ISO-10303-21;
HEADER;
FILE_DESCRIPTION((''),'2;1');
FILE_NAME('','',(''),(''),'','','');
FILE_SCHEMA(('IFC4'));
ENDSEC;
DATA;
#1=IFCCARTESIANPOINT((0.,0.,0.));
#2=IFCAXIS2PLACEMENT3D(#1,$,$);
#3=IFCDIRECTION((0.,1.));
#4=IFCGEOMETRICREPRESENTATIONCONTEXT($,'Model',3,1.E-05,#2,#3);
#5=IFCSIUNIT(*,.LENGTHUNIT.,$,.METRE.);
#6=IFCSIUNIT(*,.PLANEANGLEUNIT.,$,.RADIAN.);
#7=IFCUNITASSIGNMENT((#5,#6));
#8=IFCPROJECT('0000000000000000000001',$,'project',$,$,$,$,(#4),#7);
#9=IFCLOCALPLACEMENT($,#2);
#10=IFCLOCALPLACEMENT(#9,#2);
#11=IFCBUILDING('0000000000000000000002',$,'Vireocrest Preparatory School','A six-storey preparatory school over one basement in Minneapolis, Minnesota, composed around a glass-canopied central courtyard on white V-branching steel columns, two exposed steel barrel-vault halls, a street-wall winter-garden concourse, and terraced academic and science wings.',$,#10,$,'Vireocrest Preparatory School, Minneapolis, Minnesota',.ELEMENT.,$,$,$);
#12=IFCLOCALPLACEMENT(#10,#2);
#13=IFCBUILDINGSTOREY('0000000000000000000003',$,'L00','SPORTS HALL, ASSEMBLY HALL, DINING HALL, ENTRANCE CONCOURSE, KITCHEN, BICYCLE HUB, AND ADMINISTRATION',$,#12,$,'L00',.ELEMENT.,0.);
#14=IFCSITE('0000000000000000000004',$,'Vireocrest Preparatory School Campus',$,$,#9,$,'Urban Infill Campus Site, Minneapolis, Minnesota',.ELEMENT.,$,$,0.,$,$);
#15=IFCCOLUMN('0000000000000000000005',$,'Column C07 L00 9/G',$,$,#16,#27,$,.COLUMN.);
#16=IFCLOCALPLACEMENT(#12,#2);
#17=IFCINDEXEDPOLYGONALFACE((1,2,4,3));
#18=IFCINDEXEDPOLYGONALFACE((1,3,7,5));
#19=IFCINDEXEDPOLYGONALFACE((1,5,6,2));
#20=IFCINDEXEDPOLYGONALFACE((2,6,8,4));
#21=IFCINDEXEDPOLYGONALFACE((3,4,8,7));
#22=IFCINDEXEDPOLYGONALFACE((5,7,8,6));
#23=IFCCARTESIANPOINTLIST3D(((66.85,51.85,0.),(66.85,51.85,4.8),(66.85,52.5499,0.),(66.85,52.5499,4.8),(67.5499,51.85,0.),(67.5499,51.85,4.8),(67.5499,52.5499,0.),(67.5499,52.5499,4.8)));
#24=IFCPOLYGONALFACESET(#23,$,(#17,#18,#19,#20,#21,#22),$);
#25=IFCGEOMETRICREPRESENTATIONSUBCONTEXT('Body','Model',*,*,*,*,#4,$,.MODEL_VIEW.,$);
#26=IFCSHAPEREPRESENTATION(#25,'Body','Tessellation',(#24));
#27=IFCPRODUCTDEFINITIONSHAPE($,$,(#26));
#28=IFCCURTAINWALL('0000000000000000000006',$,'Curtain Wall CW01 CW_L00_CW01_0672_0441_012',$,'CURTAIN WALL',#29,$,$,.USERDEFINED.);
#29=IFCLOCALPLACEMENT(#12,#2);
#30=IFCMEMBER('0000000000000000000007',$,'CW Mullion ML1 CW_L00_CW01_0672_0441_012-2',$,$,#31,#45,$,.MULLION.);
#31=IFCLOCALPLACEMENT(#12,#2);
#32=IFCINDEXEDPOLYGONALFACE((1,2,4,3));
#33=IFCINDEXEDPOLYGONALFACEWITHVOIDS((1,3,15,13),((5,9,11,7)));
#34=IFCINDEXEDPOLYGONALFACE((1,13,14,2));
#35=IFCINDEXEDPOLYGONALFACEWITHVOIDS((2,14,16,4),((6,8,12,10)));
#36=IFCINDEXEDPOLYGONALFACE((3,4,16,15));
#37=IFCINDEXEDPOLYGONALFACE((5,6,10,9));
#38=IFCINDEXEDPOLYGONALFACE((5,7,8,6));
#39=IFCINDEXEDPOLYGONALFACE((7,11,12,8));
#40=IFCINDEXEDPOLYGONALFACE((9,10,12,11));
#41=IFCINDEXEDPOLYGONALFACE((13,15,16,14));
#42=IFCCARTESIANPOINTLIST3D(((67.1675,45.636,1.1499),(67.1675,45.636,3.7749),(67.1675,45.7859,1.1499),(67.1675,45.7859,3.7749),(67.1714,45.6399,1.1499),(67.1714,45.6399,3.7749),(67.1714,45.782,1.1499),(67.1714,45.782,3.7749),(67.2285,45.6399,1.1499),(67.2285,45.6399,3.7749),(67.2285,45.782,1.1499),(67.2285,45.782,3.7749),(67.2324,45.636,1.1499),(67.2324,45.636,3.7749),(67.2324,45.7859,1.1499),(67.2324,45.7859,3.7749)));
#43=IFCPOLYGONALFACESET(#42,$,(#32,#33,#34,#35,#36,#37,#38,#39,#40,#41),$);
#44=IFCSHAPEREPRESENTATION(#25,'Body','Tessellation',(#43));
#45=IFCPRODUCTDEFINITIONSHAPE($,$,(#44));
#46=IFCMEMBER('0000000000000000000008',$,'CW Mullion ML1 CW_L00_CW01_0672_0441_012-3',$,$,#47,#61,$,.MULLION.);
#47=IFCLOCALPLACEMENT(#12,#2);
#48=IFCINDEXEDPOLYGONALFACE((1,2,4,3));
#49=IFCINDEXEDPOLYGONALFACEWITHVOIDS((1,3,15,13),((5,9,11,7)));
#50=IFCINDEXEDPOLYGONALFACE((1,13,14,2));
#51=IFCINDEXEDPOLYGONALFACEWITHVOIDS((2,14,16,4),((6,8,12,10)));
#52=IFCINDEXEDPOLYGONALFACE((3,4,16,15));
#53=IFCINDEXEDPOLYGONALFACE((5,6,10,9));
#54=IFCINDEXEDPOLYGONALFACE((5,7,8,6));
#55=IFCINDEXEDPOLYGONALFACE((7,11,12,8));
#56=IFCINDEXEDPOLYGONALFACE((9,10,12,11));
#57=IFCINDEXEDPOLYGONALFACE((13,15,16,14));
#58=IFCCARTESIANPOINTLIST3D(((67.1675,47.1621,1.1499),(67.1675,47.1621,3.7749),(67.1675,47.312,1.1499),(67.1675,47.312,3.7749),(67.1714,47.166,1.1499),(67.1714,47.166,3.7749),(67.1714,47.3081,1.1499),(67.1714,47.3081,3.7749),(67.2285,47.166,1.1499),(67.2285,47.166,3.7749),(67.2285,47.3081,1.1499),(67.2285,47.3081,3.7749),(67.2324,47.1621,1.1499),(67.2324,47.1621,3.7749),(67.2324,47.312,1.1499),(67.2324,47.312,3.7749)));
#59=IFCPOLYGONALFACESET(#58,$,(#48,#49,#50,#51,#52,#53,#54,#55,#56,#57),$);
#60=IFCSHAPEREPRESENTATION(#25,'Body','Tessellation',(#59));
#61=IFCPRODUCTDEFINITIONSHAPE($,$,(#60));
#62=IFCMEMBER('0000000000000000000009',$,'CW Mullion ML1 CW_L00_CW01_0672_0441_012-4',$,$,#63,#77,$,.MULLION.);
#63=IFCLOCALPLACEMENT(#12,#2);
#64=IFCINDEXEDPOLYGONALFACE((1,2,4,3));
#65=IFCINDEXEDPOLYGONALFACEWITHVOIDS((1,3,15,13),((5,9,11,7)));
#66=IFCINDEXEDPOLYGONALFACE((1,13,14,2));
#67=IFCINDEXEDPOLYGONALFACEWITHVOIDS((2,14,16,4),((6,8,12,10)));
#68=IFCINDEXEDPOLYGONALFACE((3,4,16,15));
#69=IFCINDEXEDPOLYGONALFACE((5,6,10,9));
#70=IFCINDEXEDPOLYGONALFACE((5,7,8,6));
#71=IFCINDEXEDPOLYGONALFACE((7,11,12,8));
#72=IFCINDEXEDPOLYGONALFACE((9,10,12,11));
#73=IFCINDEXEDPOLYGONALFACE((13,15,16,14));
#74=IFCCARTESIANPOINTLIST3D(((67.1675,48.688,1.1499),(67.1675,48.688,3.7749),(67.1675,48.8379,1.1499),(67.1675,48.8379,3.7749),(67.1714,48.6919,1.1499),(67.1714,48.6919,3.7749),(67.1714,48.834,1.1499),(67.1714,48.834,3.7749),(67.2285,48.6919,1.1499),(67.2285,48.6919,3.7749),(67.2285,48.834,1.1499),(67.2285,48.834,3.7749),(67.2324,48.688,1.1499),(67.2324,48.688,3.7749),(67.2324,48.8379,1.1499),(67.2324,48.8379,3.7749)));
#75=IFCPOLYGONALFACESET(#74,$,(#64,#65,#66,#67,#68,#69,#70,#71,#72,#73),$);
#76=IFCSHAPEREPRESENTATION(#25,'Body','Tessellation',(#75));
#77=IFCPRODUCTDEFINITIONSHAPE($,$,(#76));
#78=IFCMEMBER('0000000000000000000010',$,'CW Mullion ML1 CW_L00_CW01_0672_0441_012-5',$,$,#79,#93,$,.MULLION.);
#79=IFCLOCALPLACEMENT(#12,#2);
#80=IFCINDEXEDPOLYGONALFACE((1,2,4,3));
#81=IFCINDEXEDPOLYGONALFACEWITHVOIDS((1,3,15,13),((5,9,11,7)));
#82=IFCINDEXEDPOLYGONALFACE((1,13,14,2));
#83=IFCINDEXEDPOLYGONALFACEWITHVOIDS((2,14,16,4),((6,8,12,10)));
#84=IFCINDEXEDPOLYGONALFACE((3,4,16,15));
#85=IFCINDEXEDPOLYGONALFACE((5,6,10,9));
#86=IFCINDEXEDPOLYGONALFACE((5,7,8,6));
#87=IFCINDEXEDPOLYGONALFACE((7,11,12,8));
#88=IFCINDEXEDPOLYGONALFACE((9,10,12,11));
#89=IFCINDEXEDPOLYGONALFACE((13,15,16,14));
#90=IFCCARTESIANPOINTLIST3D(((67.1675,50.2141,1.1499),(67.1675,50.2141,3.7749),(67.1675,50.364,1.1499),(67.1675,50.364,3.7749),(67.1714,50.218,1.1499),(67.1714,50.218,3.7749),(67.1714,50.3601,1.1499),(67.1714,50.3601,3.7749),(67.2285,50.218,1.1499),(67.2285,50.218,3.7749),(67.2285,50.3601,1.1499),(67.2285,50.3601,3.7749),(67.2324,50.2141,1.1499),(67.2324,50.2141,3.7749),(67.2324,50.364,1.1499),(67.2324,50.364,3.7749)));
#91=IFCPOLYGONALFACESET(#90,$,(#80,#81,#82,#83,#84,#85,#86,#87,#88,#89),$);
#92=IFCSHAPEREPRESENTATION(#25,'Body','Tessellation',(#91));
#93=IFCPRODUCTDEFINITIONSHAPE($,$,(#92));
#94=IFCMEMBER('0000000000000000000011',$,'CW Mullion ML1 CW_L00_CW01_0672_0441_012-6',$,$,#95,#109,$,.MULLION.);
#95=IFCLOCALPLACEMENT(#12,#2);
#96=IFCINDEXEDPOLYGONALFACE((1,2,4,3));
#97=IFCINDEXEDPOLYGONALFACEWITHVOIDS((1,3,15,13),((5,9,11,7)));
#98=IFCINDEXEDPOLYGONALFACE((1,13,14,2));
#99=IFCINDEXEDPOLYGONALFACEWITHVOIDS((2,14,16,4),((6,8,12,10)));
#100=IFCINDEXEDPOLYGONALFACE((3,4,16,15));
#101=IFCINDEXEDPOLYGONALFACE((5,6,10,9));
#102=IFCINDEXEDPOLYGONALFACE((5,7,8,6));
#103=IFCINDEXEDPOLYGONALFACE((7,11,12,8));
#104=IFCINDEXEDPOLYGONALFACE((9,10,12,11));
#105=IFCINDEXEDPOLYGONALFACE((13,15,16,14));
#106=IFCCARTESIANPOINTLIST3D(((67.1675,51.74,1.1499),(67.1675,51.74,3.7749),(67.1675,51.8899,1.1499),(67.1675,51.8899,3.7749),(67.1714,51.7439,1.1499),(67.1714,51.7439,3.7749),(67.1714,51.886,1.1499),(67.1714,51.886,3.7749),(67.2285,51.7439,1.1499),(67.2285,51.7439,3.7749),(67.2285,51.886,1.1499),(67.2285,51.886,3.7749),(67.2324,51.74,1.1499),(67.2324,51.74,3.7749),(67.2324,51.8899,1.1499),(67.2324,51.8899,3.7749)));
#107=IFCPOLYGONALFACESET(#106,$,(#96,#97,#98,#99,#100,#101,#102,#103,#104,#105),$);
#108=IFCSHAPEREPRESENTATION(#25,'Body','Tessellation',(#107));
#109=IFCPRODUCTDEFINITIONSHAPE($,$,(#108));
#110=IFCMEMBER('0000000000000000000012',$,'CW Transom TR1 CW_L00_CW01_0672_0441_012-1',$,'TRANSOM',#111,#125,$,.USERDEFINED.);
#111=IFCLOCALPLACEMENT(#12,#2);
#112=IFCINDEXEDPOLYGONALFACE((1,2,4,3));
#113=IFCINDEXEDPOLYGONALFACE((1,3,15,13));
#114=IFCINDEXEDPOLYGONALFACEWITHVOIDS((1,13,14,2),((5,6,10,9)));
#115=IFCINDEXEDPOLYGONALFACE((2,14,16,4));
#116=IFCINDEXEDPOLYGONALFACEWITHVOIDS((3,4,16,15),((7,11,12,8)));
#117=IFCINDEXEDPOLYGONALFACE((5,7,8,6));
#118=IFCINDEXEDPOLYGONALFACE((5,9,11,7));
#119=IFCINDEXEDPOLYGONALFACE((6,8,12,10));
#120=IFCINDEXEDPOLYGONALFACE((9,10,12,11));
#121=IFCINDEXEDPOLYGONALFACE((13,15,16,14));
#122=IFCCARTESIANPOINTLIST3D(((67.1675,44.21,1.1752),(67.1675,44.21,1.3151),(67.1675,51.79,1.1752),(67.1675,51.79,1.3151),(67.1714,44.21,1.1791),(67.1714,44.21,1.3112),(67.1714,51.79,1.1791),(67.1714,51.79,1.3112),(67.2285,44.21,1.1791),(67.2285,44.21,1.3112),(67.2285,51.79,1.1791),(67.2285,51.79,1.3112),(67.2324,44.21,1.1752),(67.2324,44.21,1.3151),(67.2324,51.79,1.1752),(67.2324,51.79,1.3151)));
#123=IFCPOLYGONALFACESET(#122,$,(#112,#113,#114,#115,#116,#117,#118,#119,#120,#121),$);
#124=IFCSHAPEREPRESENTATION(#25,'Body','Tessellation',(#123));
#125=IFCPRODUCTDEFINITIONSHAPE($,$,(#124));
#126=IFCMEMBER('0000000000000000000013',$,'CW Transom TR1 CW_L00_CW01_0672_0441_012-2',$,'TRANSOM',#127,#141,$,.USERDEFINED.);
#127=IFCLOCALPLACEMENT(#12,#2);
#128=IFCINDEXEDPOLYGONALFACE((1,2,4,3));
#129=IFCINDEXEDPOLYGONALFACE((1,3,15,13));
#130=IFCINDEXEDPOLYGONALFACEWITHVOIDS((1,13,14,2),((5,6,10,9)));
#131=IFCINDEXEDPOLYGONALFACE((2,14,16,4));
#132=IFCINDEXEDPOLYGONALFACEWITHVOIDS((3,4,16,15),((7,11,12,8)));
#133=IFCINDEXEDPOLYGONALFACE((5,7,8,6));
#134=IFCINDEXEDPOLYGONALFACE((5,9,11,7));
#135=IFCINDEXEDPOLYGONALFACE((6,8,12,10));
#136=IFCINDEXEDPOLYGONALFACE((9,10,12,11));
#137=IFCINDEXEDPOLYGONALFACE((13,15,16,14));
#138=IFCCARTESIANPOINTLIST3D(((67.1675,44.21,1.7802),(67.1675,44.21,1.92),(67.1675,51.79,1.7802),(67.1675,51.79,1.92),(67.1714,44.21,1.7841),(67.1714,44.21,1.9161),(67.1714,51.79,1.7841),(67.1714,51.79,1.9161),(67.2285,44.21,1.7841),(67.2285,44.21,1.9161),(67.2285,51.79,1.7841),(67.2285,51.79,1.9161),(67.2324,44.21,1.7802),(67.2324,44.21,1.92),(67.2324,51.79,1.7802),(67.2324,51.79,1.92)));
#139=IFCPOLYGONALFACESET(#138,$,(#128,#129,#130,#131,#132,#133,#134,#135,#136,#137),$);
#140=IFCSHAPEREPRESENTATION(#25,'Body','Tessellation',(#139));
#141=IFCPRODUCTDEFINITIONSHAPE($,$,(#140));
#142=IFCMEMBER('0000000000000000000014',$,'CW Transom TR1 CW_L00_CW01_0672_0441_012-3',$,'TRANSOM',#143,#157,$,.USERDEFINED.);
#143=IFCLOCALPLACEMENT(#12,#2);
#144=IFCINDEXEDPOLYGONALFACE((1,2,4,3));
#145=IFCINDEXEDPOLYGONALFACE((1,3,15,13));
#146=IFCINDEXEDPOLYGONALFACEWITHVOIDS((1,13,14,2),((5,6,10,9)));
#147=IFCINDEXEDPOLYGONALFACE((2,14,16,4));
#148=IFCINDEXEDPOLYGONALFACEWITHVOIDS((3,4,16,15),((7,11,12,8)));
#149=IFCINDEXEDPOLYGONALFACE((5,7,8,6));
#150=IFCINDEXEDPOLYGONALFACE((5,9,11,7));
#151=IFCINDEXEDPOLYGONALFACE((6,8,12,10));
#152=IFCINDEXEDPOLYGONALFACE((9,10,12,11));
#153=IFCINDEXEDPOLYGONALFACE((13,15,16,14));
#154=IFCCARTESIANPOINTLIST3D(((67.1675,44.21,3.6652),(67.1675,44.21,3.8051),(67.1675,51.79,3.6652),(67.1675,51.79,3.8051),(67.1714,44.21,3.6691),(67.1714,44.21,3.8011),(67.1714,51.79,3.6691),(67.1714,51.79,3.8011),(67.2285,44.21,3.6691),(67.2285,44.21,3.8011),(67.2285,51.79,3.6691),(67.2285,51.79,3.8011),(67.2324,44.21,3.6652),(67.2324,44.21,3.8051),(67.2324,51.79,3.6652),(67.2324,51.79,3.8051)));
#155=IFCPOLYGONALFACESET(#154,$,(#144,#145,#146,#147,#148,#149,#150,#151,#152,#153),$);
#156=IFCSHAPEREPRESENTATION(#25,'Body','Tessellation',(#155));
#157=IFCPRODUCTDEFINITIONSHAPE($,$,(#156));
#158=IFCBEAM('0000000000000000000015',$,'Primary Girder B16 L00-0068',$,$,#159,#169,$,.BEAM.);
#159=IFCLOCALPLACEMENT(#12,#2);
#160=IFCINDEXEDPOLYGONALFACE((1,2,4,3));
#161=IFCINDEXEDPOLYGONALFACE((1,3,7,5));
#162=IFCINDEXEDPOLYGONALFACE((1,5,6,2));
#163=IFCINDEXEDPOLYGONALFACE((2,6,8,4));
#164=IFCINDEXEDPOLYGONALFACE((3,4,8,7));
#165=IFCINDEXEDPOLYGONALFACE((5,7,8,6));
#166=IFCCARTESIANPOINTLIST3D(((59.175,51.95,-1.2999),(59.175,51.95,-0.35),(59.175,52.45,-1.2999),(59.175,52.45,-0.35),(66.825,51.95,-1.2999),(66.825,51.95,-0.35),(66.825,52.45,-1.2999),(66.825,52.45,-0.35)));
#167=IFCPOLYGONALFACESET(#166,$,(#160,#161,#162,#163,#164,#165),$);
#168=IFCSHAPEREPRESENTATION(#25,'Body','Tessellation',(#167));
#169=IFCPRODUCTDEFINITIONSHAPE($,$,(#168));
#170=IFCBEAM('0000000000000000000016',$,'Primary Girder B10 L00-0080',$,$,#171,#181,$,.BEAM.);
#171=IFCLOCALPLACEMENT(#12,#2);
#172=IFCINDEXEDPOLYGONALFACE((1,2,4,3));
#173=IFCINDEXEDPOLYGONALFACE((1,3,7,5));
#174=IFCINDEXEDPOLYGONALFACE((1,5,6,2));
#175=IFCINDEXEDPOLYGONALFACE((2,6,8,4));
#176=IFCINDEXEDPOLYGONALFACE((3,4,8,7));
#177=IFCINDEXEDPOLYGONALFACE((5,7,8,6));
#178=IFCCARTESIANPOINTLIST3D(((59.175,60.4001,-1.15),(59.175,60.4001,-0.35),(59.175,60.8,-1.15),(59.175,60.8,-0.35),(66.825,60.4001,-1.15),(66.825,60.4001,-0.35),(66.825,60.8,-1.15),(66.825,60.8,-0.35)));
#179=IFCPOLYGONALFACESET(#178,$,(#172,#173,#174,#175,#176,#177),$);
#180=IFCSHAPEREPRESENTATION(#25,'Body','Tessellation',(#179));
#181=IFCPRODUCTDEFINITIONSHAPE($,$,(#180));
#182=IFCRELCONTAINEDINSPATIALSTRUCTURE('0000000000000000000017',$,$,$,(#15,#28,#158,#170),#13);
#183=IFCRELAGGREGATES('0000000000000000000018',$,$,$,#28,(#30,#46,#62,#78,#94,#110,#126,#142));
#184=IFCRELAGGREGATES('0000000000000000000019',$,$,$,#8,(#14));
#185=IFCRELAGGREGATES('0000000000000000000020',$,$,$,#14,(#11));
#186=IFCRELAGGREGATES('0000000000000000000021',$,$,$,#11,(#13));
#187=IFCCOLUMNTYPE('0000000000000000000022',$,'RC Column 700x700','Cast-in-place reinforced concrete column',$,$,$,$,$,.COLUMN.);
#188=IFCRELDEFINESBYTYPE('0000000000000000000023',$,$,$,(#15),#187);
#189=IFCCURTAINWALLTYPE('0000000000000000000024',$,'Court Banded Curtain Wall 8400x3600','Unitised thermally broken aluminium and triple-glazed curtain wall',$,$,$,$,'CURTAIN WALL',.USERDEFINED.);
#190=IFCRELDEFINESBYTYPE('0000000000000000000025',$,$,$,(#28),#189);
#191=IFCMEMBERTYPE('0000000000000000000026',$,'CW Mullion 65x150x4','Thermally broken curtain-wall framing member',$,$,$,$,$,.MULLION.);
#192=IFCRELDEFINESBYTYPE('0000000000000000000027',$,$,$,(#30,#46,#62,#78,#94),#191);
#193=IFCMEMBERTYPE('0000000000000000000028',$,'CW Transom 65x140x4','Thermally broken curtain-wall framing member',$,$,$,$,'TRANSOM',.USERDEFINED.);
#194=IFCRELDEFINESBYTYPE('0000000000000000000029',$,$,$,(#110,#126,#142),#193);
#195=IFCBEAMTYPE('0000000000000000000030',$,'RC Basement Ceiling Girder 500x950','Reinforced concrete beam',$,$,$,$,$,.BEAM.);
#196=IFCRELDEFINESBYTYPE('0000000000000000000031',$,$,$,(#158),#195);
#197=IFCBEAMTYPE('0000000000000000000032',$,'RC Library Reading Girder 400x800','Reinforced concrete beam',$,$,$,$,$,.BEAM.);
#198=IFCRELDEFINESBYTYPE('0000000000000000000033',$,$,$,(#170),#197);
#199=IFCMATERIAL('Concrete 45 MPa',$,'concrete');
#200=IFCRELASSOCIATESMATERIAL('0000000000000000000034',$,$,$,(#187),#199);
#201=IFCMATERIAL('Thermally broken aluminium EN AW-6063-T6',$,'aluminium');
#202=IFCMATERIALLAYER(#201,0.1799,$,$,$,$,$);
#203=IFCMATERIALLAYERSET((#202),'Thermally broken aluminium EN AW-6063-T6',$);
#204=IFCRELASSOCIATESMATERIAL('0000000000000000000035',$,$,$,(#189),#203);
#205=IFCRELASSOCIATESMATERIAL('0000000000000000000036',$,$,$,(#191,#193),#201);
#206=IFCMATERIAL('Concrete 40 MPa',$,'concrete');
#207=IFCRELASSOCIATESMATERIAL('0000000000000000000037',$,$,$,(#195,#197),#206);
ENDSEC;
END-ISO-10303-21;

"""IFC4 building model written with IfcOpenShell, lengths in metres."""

from ifc_helpers import new_model, si_unit, direction, frame, origin, origin_2d, place, context, subcontext, project, spatial, rectangle, hollow_rectangle, extrude, material, layer, layer_set, material_profile, profile_set, type_object, element, aggregate, save


model = new_model("IFC4")

# Units and contexts
model_context = context("Model", 3, precision=1e-05, world=origin(), true_north=direction((0.0, 1.0)))
body_context = subcontext(model_context, "Body", "Model", "MODEL_VIEW")
ifc_project = project(units=[si_unit("LENGTHUNIT", "METRE"), si_unit("PLANEANGLEUNIT", "RADIAN")], contexts=[model_context])

# Site, building, storey
site_placement = place(None, origin())
site = spatial("IfcSite", under=ifc_project, at=site_placement, Name="Vireocrest Preparatory School Campus", LongName="Urban Infill Campus Site, Minneapolis, Minnesota", CompositionType="ELEMENT", RefElevation=0.0)
building_placement = place(site_placement, origin())
building = spatial("IfcBuilding", under=site, at=building_placement, Name="Vireocrest Preparatory School", Description="A six-storey preparatory school over one basement in Minneapolis, Minnesota, composed around a glass-canopied central courtyard on white V-branching steel columns, two exposed steel barrel-vault halls, a street-wall winter-garden concourse, and terraced academic and science wings.", LongName="Vireocrest Preparatory School, Minneapolis, Minnesota", CompositionType="ELEMENT")
storey_placement = place(building_placement, origin())
storey = spatial("IfcBuildingStorey", under=building, at=storey_placement, Name="L00", Description="SPORTS HALL, ASSEMBLY HALL, DINING HALL, ENTRANCE CONCOURSE, KITCHEN, BICYCLE HUB, AND ADMINISTRATION", LongName="L00", CompositionType="ELEMENT", Elevation=0.0)

# Column
ifc_material_1 = material(Name="Concrete 45 MPa", Category="concrete")
ifc_material_profile_1 = material_profile(ifc_material_1, rectangle(XDim=0.7, YDim=0.7, at=origin_2d()), Name="RC 700x700")
ifc_profile_set_1 = profile_set([ifc_material_profile_1], Name="Concrete 45 MPa")
column_type = type_object("IfcColumnType", Name="RC Column 700x700", Description="Cast-in-place reinforced concrete column", PredefinedType="COLUMN", material=ifc_profile_set_1)
column_placement = place(storey_placement, frame((67.2, 52.2, 0.0), z_axis=(0.0, 0.0, 1.0), x_axis=(1.0, 0.0, 0.0)))
element("IfcColumn", 1, at=column_placement, inside=storey, type_object=column_type, Name="Column C07 L00 9/G", PredefinedType="COLUMN", context=body_context, shape_type="SweptSolid", body=[
    extrude(rectangle(XDim=0.7, YDim=0.7, at=origin_2d()), origin(), (0.0, 0.0, 1.0), 4.8),
])

# Curtain wall, members
ifc_material_2 = material(Name="Thermally broken aluminium EN AW-6063-T6", Category="aluminium")
ifc_layer_1 = layer(ifc_material_2, 0.1799)
ifc_layer_set_1 = layer_set([ifc_layer_1], Name="Thermally broken aluminium EN AW-6063-T6")
curtain_wall_type = type_object("IfcCurtainWallType", Name="Court Banded Curtain Wall 8400x3600", Description="Unitised thermally broken aluminium and triple-glazed curtain wall", ElementType="CURTAIN WALL", PredefinedType="USERDEFINED", material=ifc_layer_set_1)
curtain_wall_placement = place(storey_placement, origin())
curtain_wall = element("IfcCurtainWall", 2, at=curtain_wall_placement, inside=storey, type_object=curtain_wall_type, Name="Curtain Wall CW01 CW_L00_CW01_0672_0441_012", ObjectType="CURTAIN WALL", PredefinedType="USERDEFINED")
ifc_material_profile_2 = material_profile(ifc_material_2, hollow_rectangle(XDim=0.0649, YDim=0.1499, WallThickness=0.0039, at=origin_2d()), Name="ALU 65x150x4")
ifc_profile_set_2 = profile_set([ifc_material_profile_2], Name="Thermally broken aluminium EN AW-6063-T6")
member_type_1 = type_object("IfcMemberType", Name="CW Mullion 65x150x4", Description="Thermally broken curtain-wall framing member", PredefinedType="MULLION", material=ifc_profile_set_2)
member_1_placement = place(storey_placement, frame((67.2, 45.7109, 1.1499), z_axis=(0.0, 0.0, 1.0), x_axis=(1.0, 0.0, 0.0)))
member_1 = element("IfcMember", 3, at=member_1_placement, type_object=member_type_1, Name="CW Mullion ML1 CW_L00_CW01_0672_0441_012-2", PredefinedType="MULLION", context=body_context, shape_type="SweptSolid", body=[
    extrude(hollow_rectangle(XDim=0.0649, YDim=0.1499, WallThickness=0.0039, at=origin_2d()), origin(), (0.0, 0.0, 1.0), 2.625),
])
member_2_placement = place(storey_placement, frame((67.2, 47.2371, 1.1499), z_axis=(0.0, 0.0, 1.0), x_axis=(1.0, 0.0, 0.0)))
member_2 = element("IfcMember", 4, at=member_2_placement, type_object=member_type_1, Name="CW Mullion ML1 CW_L00_CW01_0672_0441_012-3", PredefinedType="MULLION", context=body_context, shape_type="SweptSolid", body=[
    extrude(hollow_rectangle(XDim=0.0649, YDim=0.1499, WallThickness=0.0039, at=origin_2d()), origin(), (0.0, 0.0, 1.0), 2.625),
])
member_3_placement = place(storey_placement, frame((67.2, 48.7629, 1.1499), z_axis=(0.0, 0.0, 1.0), x_axis=(1.0, 0.0, 0.0)))
member_3 = element("IfcMember", 5, at=member_3_placement, type_object=member_type_1, Name="CW Mullion ML1 CW_L00_CW01_0672_0441_012-4", PredefinedType="MULLION", context=body_context, shape_type="SweptSolid", body=[
    extrude(hollow_rectangle(XDim=0.0649, YDim=0.1499, WallThickness=0.0039, at=origin_2d()), origin(), (0.0, 0.0, 1.0), 2.625),
])
member_4_placement = place(storey_placement, frame((67.2, 50.2891, 1.1499), z_axis=(0.0, 0.0, 1.0), x_axis=(1.0, 0.0, 0.0)))
member_4 = element("IfcMember", 6, at=member_4_placement, type_object=member_type_1, Name="CW Mullion ML1 CW_L00_CW01_0672_0441_012-5", PredefinedType="MULLION", context=body_context, shape_type="SweptSolid", body=[
    extrude(hollow_rectangle(XDim=0.0649, YDim=0.1499, WallThickness=0.0039, at=origin_2d()), origin(), (0.0, 0.0, 1.0), 2.625),
])
member_5_placement = place(storey_placement, frame((67.2, 51.8149, 1.1499), z_axis=(0.0, 0.0, 1.0), x_axis=(1.0, 0.0, 0.0)))
member_5 = element("IfcMember", 7, at=member_5_placement, type_object=member_type_1, Name="CW Mullion ML1 CW_L00_CW01_0672_0441_012-6", PredefinedType="MULLION", context=body_context, shape_type="SweptSolid", body=[
    extrude(hollow_rectangle(XDim=0.0649, YDim=0.1499, WallThickness=0.0039, at=origin_2d()), origin(), (0.0, 0.0, 1.0), 2.625),
])
ifc_material_profile_3 = material_profile(ifc_material_2, hollow_rectangle(XDim=0.0649, YDim=0.1399, WallThickness=0.0039, at=origin_2d()), Name="ALU 65x140x4")
ifc_profile_set_3 = profile_set([ifc_material_profile_3], Name="Thermally broken aluminium EN AW-6063-T6")
member_type_2 = type_object("IfcMemberType", Name="CW Transom 65x140x4", Description="Thermally broken curtain-wall framing member", ElementType="TRANSOM", PredefinedType="USERDEFINED", material=ifc_profile_set_3)
member_6_placement = place(storey_placement, frame((67.2, 44.21, 1.2451), z_axis=(0.0, 1.0, 0.0), x_axis=(-1.0, 0.0, 0.0)))
member_6 = element("IfcMember", 8, at=member_6_placement, type_object=member_type_2, Name="CW Transom TR1 CW_L00_CW01_0672_0441_012-1", ObjectType="TRANSOM", PredefinedType="USERDEFINED", context=body_context, shape_type="SweptSolid", body=[
    extrude(hollow_rectangle(XDim=0.0649, YDim=0.1399, WallThickness=0.0039, at=origin_2d()), origin(), (0.0, 0.0, 1.0), 7.5801),
])
member_7_placement = place(storey_placement, frame((67.2, 44.21, 1.8501), z_axis=(0.0, 1.0, 0.0), x_axis=(-1.0, 0.0, 0.0)))
member_7 = element("IfcMember", 9, at=member_7_placement, type_object=member_type_2, Name="CW Transom TR1 CW_L00_CW01_0672_0441_012-2", ObjectType="TRANSOM", PredefinedType="USERDEFINED", context=body_context, shape_type="SweptSolid", body=[
    extrude(hollow_rectangle(XDim=0.0649, YDim=0.1399, WallThickness=0.0039, at=origin_2d()), origin(), (0.0, 0.0, 1.0), 7.5801),
])
member_8_placement = place(storey_placement, frame((67.2, 44.21, 3.7351), z_axis=(0.0, 1.0, 0.0), x_axis=(-1.0, 0.0, 0.0)))
member_8 = element("IfcMember", 10, at=member_8_placement, type_object=member_type_2, Name="CW Transom TR1 CW_L00_CW01_0672_0441_012-3", ObjectType="TRANSOM", PredefinedType="USERDEFINED", context=body_context, shape_type="SweptSolid", body=[
    extrude(hollow_rectangle(XDim=0.0649, YDim=0.1399, WallThickness=0.0039, at=origin_2d()), origin(), (0.0, 0.0, 1.0), 7.5801),
])

# Beams
ifc_material_3 = material(Name="Concrete 40 MPa", Category="concrete")
ifc_material_profile_4 = material_profile(ifc_material_3, rectangle(XDim=0.5, YDim=0.95, at=origin_2d()), Name="RC 500x950")
ifc_profile_set_4 = profile_set([ifc_material_profile_4], Name="Concrete 40 MPa")
beam_type_1 = type_object("IfcBeamType", Name="RC Basement Ceiling Girder 500x950", Description="Reinforced concrete beam", PredefinedType="BEAM", material=ifc_profile_set_4)
beam_1_placement = place(storey_placement, frame((59.175, 52.2, -0.825), z_axis=(1.0, 0.0, 0.0), x_axis=(0.0, 1.0, 0.0)))
element("IfcBeam", 11, at=beam_1_placement, inside=storey, type_object=beam_type_1, Name="Primary Girder B16 L00-0068", PredefinedType="BEAM", context=body_context, shape_type="SweptSolid", body=[
    extrude(rectangle(XDim=0.5, YDim=0.95, at=origin_2d()), origin(), (0.0, 0.0, 1.0), 7.6499),
])
ifc_material_profile_5 = material_profile(ifc_material_3, rectangle(XDim=0.3999, YDim=0.8, at=origin_2d()), Name="RC 400x800")
ifc_profile_set_5 = profile_set([ifc_material_profile_5], Name="Concrete 40 MPa")
beam_type_2 = type_object("IfcBeamType", Name="RC Library Reading Girder 400x800", Description="Reinforced concrete beam", PredefinedType="BEAM", material=ifc_profile_set_5)
beam_2_placement = place(storey_placement, frame((59.175, 60.6001, -0.75), z_axis=(1.0, 0.0, 0.0), x_axis=(0.0, 1.0, 0.0)))
element("IfcBeam", 12, at=beam_2_placement, inside=storey, type_object=beam_type_2, Name="Primary Girder B10 L00-0080", PredefinedType="BEAM", context=body_context, shape_type="SweptSolid", body=[
    extrude(rectangle(XDim=0.3999, YDim=0.8, at=origin_2d()), origin(), (0.0, 0.0, 1.0), 7.6499),
])

aggregate(curtain_wall, [member_1, member_2, member_3, member_4, member_5, member_6, member_7, member_8])

save(model, "model.ifc")
